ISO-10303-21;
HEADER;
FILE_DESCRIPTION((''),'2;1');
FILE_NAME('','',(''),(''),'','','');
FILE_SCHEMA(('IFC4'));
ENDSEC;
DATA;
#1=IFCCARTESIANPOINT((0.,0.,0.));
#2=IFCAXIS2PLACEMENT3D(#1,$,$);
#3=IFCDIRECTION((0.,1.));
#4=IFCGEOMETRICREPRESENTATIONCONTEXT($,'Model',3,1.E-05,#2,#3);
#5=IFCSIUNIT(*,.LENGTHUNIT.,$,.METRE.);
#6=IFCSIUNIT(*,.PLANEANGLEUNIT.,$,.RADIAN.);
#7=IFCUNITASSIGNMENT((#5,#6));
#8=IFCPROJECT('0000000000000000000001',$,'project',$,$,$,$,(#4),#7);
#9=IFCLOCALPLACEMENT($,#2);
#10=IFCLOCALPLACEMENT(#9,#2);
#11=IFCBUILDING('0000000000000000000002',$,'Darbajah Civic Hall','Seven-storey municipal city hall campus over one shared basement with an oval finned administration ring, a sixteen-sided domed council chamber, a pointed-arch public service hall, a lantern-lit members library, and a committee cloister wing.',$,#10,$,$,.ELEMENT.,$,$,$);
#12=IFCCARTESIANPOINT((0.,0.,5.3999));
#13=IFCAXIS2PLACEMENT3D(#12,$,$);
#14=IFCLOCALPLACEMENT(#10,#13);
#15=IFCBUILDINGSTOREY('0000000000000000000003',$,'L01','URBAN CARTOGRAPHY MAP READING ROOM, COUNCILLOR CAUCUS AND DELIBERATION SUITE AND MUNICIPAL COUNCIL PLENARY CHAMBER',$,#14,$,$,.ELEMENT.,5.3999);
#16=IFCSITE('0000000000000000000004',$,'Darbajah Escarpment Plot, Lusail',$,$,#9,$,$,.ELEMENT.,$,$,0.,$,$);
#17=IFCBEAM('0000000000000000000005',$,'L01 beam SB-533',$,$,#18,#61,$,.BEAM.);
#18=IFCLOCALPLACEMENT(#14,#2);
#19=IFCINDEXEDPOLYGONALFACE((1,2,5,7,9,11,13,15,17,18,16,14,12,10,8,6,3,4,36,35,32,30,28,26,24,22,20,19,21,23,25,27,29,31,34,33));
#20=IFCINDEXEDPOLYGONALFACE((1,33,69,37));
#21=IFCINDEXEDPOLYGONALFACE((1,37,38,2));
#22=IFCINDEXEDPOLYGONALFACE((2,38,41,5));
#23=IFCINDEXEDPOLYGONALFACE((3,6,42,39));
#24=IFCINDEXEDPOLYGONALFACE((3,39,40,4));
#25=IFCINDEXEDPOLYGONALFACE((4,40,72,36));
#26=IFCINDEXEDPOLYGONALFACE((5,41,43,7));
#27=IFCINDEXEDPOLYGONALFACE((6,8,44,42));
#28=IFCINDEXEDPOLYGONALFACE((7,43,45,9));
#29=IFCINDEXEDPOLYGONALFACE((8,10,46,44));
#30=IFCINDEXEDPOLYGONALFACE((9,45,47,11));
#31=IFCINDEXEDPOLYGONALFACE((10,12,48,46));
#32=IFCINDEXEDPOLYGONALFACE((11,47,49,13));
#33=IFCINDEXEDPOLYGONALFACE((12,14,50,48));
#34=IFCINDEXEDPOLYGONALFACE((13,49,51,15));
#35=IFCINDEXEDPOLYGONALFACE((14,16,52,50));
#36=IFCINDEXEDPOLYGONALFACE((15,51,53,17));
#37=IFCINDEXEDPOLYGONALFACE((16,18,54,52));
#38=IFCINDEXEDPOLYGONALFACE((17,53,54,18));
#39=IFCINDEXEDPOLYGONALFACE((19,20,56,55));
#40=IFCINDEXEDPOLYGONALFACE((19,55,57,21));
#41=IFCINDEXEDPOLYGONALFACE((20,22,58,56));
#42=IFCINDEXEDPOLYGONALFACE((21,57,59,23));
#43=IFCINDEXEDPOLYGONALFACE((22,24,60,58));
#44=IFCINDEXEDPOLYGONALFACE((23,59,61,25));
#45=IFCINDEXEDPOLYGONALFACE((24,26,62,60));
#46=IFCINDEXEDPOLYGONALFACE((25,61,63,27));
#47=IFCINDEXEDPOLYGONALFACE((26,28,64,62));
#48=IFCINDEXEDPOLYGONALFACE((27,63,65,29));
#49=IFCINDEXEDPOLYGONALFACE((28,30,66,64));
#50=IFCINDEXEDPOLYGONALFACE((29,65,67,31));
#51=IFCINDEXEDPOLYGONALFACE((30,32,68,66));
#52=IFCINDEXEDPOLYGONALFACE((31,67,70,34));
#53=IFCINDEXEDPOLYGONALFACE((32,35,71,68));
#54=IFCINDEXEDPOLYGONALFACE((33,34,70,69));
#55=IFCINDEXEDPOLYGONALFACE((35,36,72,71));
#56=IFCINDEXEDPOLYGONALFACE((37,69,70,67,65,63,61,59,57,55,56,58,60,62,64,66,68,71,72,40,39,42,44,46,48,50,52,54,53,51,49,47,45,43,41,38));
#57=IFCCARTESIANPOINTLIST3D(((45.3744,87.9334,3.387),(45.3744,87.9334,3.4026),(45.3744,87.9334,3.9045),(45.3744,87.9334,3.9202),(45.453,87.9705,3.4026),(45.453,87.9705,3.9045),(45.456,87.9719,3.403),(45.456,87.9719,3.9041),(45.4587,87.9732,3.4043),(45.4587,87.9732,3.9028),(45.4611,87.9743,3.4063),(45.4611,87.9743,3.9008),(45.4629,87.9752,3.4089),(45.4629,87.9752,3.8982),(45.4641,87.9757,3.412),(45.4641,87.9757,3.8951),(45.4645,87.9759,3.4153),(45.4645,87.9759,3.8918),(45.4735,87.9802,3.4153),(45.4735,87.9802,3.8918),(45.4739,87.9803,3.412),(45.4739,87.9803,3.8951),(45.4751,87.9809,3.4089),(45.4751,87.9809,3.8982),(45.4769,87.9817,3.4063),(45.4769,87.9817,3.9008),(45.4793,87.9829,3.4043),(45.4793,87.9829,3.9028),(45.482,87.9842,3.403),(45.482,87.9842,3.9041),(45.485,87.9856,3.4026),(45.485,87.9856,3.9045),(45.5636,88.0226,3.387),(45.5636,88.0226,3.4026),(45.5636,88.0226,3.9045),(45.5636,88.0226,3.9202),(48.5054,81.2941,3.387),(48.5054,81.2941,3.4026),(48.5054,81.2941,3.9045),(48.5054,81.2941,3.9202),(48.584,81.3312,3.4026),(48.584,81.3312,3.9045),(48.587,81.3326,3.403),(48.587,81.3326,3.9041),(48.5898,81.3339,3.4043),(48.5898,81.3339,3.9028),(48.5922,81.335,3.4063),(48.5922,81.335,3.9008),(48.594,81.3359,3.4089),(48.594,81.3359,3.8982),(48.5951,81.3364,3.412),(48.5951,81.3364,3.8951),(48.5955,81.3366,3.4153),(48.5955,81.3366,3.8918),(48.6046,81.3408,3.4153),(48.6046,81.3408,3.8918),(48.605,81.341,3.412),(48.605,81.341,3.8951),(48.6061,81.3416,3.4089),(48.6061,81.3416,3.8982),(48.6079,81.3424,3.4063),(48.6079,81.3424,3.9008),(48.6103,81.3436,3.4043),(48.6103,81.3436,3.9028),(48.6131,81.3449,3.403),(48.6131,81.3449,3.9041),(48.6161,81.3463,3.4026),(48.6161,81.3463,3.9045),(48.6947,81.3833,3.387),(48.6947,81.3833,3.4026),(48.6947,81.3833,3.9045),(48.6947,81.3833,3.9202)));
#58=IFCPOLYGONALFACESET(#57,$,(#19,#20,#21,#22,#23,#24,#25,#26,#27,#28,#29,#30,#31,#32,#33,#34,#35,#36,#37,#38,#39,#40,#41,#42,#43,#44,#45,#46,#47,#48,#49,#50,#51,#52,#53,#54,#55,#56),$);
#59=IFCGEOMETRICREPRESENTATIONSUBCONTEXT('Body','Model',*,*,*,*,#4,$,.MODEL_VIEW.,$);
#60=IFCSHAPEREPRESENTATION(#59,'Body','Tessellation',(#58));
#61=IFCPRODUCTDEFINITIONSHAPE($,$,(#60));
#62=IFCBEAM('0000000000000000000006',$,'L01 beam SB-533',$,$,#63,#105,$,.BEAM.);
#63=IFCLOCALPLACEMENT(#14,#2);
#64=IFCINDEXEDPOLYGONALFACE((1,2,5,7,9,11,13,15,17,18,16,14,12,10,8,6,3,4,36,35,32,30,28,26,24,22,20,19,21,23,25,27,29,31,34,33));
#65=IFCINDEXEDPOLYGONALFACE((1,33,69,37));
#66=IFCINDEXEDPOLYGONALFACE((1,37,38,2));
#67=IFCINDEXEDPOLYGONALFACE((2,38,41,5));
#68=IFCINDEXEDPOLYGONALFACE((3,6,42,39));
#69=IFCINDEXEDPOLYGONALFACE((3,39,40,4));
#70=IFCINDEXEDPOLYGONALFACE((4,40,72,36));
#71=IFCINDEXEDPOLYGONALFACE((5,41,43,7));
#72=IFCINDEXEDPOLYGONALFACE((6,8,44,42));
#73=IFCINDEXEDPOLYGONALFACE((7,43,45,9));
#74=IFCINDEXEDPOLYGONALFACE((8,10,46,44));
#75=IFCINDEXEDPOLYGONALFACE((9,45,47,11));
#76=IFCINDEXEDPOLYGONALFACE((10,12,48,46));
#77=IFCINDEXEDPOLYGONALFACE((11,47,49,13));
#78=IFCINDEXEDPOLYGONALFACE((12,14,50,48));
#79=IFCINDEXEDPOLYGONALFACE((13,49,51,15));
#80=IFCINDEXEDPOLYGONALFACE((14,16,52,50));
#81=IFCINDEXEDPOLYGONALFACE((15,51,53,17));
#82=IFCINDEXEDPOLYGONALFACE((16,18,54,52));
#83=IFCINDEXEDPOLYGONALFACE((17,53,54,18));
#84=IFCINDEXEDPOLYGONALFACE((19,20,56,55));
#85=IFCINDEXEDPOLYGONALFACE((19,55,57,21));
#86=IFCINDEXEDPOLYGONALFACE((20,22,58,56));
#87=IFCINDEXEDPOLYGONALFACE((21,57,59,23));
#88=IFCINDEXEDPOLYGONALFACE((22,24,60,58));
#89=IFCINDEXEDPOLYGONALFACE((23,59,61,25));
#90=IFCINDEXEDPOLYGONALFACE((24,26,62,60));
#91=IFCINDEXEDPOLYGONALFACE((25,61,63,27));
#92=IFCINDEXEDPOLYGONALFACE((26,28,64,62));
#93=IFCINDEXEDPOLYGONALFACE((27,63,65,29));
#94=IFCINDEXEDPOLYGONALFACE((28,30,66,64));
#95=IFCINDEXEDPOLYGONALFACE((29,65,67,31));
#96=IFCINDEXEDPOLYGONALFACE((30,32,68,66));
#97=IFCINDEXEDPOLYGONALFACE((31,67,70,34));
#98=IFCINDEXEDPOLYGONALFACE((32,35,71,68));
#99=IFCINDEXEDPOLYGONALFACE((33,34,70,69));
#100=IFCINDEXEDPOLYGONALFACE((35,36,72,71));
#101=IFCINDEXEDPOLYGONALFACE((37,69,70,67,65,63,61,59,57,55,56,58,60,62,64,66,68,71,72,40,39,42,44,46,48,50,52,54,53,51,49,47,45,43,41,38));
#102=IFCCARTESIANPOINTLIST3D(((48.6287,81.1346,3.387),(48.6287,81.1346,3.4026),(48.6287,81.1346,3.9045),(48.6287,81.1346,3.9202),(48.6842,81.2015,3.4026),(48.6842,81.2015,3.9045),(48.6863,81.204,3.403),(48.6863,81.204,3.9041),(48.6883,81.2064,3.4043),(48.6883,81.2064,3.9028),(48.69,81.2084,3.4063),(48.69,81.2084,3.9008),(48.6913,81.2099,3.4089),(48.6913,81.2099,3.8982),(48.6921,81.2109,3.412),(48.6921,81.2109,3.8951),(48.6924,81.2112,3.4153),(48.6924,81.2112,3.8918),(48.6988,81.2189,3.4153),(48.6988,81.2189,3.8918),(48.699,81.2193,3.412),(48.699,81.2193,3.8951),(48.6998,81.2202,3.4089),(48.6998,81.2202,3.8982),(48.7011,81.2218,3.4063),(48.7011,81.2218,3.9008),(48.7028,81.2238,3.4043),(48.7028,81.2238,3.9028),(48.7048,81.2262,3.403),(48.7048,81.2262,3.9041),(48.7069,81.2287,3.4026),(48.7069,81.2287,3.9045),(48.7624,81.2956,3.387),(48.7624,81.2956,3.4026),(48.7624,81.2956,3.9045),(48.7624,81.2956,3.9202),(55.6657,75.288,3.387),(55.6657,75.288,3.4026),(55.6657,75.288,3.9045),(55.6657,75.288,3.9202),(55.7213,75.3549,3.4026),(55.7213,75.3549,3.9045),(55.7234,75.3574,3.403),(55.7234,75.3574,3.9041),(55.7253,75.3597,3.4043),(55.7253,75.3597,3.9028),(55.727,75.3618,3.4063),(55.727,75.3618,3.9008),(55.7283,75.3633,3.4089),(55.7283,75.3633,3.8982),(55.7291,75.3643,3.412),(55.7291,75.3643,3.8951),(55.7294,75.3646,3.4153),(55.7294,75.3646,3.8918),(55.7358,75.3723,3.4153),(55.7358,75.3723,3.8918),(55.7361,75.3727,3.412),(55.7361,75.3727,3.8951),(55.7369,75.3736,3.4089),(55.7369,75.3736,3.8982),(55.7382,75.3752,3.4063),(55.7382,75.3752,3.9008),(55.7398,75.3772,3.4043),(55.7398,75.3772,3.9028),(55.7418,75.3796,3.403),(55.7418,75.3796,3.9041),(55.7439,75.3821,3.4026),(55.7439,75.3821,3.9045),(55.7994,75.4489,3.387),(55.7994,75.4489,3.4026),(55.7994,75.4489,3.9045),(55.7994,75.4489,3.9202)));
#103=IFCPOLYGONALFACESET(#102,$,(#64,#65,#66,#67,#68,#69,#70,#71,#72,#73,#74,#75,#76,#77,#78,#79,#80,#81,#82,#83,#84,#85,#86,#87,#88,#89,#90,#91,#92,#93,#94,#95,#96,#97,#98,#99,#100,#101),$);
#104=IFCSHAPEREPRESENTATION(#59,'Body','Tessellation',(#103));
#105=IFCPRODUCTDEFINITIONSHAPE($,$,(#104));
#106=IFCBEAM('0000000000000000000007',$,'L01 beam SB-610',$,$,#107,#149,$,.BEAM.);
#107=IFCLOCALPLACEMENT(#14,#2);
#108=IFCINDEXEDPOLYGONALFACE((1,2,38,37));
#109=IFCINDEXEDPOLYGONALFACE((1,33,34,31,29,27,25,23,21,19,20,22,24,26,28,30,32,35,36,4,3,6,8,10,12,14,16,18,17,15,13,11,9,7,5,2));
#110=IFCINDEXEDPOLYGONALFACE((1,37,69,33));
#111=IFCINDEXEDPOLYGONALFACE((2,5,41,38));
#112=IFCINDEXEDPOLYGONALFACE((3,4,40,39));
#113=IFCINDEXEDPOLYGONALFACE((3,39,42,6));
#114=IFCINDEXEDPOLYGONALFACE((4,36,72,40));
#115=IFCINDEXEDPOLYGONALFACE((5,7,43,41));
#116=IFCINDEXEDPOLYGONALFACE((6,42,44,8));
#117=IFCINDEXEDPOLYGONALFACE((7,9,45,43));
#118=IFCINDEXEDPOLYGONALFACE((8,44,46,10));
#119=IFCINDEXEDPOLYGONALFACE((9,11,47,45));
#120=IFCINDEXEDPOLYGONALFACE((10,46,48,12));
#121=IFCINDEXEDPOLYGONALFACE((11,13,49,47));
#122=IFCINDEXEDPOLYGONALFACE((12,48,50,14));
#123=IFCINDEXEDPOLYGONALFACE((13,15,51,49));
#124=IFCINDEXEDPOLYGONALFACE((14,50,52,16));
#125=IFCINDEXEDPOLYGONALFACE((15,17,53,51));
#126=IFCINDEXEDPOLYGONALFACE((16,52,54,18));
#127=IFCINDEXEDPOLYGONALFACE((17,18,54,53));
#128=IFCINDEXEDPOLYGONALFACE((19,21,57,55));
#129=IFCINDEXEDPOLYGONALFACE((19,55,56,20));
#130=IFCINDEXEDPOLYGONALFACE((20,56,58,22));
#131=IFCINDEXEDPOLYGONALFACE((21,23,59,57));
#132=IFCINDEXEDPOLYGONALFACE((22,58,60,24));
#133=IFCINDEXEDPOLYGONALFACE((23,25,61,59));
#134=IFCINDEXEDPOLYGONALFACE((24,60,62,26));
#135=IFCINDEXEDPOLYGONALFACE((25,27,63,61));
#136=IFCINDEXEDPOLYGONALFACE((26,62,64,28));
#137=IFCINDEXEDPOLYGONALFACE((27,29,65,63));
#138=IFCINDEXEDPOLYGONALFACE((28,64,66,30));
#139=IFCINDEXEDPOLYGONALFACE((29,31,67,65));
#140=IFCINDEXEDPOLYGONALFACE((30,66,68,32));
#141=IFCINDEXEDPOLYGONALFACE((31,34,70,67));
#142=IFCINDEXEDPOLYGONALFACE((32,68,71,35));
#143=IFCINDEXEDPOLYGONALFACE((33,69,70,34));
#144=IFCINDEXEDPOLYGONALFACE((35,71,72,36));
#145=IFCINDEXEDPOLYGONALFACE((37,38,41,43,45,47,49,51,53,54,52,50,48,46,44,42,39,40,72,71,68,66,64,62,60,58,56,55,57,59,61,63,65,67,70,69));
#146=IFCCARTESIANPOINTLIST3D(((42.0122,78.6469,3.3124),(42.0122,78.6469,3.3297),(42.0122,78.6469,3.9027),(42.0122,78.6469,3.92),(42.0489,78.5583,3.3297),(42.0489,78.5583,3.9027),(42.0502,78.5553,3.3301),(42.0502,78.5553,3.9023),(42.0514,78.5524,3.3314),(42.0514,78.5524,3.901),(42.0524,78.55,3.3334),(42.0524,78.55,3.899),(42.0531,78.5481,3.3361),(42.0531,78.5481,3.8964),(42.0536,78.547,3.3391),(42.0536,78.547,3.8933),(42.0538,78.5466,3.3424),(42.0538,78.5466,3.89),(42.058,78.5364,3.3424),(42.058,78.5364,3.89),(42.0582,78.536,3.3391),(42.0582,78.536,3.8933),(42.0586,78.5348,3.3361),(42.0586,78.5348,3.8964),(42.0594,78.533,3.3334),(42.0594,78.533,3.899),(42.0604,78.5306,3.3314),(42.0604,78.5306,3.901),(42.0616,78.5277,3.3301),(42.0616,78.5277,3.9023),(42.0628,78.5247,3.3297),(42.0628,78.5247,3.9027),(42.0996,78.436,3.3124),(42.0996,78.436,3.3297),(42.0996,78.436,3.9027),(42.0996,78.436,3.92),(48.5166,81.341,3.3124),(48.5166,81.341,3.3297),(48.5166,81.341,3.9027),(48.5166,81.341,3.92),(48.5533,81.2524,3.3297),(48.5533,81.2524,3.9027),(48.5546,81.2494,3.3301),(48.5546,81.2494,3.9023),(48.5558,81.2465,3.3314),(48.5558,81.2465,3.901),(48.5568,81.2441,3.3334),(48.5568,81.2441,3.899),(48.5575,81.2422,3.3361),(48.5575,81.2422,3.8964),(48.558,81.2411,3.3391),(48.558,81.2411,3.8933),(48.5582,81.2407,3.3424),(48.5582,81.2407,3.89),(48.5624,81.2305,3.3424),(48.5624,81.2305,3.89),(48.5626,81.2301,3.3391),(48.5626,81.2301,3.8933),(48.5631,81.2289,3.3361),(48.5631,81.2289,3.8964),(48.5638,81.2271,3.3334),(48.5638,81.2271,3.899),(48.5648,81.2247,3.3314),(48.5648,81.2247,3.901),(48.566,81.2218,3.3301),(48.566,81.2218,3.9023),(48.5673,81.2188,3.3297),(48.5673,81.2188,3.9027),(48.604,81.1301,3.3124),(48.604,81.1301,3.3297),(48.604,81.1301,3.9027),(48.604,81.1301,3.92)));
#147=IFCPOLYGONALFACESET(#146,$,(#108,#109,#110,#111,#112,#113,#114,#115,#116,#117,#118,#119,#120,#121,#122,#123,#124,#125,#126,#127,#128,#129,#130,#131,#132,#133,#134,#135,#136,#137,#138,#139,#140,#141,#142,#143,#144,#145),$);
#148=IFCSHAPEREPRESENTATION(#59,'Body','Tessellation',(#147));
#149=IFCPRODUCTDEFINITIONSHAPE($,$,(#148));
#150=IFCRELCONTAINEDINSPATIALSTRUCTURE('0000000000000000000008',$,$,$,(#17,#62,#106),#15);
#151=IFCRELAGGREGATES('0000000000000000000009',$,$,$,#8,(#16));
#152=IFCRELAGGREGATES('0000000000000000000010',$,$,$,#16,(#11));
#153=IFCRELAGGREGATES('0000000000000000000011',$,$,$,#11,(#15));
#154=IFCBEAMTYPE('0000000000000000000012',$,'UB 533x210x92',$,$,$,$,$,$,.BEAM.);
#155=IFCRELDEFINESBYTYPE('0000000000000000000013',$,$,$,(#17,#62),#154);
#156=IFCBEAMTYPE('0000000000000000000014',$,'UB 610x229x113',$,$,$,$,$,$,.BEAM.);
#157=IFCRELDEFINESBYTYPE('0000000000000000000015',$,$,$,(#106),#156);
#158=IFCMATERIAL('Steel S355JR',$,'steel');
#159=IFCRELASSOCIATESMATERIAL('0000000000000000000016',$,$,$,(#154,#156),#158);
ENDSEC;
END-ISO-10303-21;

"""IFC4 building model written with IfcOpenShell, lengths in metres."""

from ifc_helpers import new_model, si_unit, direction, frame, origin, origin_2d, place, context, subcontext, project, spatial, i_section, extrude, material, material_profile, profile_set, type_object, element, save


model = new_model("IFC4")

# Units and contexts
model_context = context("Model", 3, precision=1e-05, world=origin(), true_north=direction((0.0, 1.0)))
body_context = subcontext(model_context, "Body", "Model", "MODEL_VIEW")
ifc_project = project(units=[si_unit("LENGTHUNIT", "METRE"), si_unit("PLANEANGLEUNIT", "RADIAN")], contexts=[model_context])

# Site, building, storey
site_placement = place(None, origin())
site = spatial("IfcSite", under=ifc_project, at=site_placement, Name="Darbajah Escarpment Plot, Lusail", CompositionType="ELEMENT", RefElevation=0.0)
building_placement = place(site_placement, origin())
building = spatial("IfcBuilding", under=site, at=building_placement, Name="Darbajah Civic Hall", Description="Seven-storey municipal city hall campus over one shared basement with an oval finned administration ring, a sixteen-sided domed council chamber, a pointed-arch public service hall, a lantern-lit members library, and a committee cloister wing.", CompositionType="ELEMENT")
storey_placement = place(building_placement, frame((0.0, 0.0, 5.3999)))
storey = spatial("IfcBuildingStorey", under=building, at=storey_placement, Name="L01", Description="URBAN CARTOGRAPHY MAP READING ROOM, COUNCILLOR CAUCUS AND DELIBERATION SUITE AND MUNICIPAL COUNCIL PLENARY CHAMBER", CompositionType="ELEMENT", Elevation=5.3999)

# Beams
ifc_material_1 = material(Name="Steel S355JR", Category="steel")
ifc_material_profile_1 = material_profile(ifc_material_1, i_section(OverallWidth=0.2092, OverallDepth=0.5332, WebThickness=0.01, FlangeThickness=0.0156, FilletRadius=0.0127, at=origin_2d()), Name="UB 533x210x92")
ifc_profile_set_1 = profile_set([ifc_material_profile_1], Name="Steel S355JR")
beam_type_1 = type_object("IfcBeamType", Name="UB 533x210x92", PredefinedType="BEAM", material=ifc_profile_set_1)
beam_1_placement = place(storey_placement, frame((45.469, 87.978, 3.6536), z_axis=(0.426542, -0.904468, 0.0), x_axis=(0.904468, 0.426542, 0.0)))
element("IfcBeam", 1, at=beam_1_placement, inside=storey, type_object=beam_type_1, Name="L01 beam SB-533", PredefinedType="BEAM", context=body_context, shape_type="SweptSolid", body=[
    extrude(i_section(OverallWidth=0.2092, OverallDepth=0.5332, WebThickness=0.01, FlangeThickness=0.0156, FilletRadius=0.0127, at=origin_2d()), origin(), (0.0, 0.0, 1.0), 7.3406),
])
beam_2_placement = place(storey_placement, frame((48.6956, 81.2151, 3.6536), z_axis=(0.769165, -0.63905, 0.0), x_axis=(0.63905, 0.769165, 0.0)))
element("IfcBeam", 2, at=beam_2_placement, inside=storey, type_object=beam_type_1, Name="L01 beam SB-533", PredefinedType="BEAM", context=body_context, shape_type="SweptSolid", body=[
    extrude(i_section(OverallWidth=0.2092, OverallDepth=0.5332, WebThickness=0.01, FlangeThickness=0.0156, FilletRadius=0.0127, at=origin_2d()), origin(), (0.0, 0.0, 1.0), 9.1489),
])
ifc_material_profile_2 = material_profile(ifc_material_1, i_section(OverallWidth=0.2283, OverallDepth=0.6077, WebThickness=0.011, FlangeThickness=0.0173, FilletRadius=0.0127, at=origin_2d()), Name="UB 610x229x113")
ifc_profile_set_2 = profile_set([ifc_material_profile_2], Name="Steel S355JR")
beam_type_2 = type_object("IfcBeamType", Name="UB 610x229x113", PredefinedType="BEAM", material=ifc_profile_set_2)
beam_3_placement = place(storey_placement, frame((48.5603, 81.2356, 3.6162), z_axis=(-0.923885, -0.382669, 0.0), x_axis=(0.382669, -0.923885, 0.0)))
element("IfcBeam", 3, at=beam_3_placement, inside=storey, type_object=beam_type_2, Name="L01 beam SB-610", PredefinedType="BEAM", context=body_context, shape_type="SweptSolid", body=[
    extrude(i_section(OverallWidth=0.2283, OverallDepth=0.6077, WebThickness=0.011, FlangeThickness=0.0173, FilletRadius=0.0127, at=origin_2d()), origin(), (0.0, 0.0, 1.0), 7.0403),
])

save(model, "model.ifc")
